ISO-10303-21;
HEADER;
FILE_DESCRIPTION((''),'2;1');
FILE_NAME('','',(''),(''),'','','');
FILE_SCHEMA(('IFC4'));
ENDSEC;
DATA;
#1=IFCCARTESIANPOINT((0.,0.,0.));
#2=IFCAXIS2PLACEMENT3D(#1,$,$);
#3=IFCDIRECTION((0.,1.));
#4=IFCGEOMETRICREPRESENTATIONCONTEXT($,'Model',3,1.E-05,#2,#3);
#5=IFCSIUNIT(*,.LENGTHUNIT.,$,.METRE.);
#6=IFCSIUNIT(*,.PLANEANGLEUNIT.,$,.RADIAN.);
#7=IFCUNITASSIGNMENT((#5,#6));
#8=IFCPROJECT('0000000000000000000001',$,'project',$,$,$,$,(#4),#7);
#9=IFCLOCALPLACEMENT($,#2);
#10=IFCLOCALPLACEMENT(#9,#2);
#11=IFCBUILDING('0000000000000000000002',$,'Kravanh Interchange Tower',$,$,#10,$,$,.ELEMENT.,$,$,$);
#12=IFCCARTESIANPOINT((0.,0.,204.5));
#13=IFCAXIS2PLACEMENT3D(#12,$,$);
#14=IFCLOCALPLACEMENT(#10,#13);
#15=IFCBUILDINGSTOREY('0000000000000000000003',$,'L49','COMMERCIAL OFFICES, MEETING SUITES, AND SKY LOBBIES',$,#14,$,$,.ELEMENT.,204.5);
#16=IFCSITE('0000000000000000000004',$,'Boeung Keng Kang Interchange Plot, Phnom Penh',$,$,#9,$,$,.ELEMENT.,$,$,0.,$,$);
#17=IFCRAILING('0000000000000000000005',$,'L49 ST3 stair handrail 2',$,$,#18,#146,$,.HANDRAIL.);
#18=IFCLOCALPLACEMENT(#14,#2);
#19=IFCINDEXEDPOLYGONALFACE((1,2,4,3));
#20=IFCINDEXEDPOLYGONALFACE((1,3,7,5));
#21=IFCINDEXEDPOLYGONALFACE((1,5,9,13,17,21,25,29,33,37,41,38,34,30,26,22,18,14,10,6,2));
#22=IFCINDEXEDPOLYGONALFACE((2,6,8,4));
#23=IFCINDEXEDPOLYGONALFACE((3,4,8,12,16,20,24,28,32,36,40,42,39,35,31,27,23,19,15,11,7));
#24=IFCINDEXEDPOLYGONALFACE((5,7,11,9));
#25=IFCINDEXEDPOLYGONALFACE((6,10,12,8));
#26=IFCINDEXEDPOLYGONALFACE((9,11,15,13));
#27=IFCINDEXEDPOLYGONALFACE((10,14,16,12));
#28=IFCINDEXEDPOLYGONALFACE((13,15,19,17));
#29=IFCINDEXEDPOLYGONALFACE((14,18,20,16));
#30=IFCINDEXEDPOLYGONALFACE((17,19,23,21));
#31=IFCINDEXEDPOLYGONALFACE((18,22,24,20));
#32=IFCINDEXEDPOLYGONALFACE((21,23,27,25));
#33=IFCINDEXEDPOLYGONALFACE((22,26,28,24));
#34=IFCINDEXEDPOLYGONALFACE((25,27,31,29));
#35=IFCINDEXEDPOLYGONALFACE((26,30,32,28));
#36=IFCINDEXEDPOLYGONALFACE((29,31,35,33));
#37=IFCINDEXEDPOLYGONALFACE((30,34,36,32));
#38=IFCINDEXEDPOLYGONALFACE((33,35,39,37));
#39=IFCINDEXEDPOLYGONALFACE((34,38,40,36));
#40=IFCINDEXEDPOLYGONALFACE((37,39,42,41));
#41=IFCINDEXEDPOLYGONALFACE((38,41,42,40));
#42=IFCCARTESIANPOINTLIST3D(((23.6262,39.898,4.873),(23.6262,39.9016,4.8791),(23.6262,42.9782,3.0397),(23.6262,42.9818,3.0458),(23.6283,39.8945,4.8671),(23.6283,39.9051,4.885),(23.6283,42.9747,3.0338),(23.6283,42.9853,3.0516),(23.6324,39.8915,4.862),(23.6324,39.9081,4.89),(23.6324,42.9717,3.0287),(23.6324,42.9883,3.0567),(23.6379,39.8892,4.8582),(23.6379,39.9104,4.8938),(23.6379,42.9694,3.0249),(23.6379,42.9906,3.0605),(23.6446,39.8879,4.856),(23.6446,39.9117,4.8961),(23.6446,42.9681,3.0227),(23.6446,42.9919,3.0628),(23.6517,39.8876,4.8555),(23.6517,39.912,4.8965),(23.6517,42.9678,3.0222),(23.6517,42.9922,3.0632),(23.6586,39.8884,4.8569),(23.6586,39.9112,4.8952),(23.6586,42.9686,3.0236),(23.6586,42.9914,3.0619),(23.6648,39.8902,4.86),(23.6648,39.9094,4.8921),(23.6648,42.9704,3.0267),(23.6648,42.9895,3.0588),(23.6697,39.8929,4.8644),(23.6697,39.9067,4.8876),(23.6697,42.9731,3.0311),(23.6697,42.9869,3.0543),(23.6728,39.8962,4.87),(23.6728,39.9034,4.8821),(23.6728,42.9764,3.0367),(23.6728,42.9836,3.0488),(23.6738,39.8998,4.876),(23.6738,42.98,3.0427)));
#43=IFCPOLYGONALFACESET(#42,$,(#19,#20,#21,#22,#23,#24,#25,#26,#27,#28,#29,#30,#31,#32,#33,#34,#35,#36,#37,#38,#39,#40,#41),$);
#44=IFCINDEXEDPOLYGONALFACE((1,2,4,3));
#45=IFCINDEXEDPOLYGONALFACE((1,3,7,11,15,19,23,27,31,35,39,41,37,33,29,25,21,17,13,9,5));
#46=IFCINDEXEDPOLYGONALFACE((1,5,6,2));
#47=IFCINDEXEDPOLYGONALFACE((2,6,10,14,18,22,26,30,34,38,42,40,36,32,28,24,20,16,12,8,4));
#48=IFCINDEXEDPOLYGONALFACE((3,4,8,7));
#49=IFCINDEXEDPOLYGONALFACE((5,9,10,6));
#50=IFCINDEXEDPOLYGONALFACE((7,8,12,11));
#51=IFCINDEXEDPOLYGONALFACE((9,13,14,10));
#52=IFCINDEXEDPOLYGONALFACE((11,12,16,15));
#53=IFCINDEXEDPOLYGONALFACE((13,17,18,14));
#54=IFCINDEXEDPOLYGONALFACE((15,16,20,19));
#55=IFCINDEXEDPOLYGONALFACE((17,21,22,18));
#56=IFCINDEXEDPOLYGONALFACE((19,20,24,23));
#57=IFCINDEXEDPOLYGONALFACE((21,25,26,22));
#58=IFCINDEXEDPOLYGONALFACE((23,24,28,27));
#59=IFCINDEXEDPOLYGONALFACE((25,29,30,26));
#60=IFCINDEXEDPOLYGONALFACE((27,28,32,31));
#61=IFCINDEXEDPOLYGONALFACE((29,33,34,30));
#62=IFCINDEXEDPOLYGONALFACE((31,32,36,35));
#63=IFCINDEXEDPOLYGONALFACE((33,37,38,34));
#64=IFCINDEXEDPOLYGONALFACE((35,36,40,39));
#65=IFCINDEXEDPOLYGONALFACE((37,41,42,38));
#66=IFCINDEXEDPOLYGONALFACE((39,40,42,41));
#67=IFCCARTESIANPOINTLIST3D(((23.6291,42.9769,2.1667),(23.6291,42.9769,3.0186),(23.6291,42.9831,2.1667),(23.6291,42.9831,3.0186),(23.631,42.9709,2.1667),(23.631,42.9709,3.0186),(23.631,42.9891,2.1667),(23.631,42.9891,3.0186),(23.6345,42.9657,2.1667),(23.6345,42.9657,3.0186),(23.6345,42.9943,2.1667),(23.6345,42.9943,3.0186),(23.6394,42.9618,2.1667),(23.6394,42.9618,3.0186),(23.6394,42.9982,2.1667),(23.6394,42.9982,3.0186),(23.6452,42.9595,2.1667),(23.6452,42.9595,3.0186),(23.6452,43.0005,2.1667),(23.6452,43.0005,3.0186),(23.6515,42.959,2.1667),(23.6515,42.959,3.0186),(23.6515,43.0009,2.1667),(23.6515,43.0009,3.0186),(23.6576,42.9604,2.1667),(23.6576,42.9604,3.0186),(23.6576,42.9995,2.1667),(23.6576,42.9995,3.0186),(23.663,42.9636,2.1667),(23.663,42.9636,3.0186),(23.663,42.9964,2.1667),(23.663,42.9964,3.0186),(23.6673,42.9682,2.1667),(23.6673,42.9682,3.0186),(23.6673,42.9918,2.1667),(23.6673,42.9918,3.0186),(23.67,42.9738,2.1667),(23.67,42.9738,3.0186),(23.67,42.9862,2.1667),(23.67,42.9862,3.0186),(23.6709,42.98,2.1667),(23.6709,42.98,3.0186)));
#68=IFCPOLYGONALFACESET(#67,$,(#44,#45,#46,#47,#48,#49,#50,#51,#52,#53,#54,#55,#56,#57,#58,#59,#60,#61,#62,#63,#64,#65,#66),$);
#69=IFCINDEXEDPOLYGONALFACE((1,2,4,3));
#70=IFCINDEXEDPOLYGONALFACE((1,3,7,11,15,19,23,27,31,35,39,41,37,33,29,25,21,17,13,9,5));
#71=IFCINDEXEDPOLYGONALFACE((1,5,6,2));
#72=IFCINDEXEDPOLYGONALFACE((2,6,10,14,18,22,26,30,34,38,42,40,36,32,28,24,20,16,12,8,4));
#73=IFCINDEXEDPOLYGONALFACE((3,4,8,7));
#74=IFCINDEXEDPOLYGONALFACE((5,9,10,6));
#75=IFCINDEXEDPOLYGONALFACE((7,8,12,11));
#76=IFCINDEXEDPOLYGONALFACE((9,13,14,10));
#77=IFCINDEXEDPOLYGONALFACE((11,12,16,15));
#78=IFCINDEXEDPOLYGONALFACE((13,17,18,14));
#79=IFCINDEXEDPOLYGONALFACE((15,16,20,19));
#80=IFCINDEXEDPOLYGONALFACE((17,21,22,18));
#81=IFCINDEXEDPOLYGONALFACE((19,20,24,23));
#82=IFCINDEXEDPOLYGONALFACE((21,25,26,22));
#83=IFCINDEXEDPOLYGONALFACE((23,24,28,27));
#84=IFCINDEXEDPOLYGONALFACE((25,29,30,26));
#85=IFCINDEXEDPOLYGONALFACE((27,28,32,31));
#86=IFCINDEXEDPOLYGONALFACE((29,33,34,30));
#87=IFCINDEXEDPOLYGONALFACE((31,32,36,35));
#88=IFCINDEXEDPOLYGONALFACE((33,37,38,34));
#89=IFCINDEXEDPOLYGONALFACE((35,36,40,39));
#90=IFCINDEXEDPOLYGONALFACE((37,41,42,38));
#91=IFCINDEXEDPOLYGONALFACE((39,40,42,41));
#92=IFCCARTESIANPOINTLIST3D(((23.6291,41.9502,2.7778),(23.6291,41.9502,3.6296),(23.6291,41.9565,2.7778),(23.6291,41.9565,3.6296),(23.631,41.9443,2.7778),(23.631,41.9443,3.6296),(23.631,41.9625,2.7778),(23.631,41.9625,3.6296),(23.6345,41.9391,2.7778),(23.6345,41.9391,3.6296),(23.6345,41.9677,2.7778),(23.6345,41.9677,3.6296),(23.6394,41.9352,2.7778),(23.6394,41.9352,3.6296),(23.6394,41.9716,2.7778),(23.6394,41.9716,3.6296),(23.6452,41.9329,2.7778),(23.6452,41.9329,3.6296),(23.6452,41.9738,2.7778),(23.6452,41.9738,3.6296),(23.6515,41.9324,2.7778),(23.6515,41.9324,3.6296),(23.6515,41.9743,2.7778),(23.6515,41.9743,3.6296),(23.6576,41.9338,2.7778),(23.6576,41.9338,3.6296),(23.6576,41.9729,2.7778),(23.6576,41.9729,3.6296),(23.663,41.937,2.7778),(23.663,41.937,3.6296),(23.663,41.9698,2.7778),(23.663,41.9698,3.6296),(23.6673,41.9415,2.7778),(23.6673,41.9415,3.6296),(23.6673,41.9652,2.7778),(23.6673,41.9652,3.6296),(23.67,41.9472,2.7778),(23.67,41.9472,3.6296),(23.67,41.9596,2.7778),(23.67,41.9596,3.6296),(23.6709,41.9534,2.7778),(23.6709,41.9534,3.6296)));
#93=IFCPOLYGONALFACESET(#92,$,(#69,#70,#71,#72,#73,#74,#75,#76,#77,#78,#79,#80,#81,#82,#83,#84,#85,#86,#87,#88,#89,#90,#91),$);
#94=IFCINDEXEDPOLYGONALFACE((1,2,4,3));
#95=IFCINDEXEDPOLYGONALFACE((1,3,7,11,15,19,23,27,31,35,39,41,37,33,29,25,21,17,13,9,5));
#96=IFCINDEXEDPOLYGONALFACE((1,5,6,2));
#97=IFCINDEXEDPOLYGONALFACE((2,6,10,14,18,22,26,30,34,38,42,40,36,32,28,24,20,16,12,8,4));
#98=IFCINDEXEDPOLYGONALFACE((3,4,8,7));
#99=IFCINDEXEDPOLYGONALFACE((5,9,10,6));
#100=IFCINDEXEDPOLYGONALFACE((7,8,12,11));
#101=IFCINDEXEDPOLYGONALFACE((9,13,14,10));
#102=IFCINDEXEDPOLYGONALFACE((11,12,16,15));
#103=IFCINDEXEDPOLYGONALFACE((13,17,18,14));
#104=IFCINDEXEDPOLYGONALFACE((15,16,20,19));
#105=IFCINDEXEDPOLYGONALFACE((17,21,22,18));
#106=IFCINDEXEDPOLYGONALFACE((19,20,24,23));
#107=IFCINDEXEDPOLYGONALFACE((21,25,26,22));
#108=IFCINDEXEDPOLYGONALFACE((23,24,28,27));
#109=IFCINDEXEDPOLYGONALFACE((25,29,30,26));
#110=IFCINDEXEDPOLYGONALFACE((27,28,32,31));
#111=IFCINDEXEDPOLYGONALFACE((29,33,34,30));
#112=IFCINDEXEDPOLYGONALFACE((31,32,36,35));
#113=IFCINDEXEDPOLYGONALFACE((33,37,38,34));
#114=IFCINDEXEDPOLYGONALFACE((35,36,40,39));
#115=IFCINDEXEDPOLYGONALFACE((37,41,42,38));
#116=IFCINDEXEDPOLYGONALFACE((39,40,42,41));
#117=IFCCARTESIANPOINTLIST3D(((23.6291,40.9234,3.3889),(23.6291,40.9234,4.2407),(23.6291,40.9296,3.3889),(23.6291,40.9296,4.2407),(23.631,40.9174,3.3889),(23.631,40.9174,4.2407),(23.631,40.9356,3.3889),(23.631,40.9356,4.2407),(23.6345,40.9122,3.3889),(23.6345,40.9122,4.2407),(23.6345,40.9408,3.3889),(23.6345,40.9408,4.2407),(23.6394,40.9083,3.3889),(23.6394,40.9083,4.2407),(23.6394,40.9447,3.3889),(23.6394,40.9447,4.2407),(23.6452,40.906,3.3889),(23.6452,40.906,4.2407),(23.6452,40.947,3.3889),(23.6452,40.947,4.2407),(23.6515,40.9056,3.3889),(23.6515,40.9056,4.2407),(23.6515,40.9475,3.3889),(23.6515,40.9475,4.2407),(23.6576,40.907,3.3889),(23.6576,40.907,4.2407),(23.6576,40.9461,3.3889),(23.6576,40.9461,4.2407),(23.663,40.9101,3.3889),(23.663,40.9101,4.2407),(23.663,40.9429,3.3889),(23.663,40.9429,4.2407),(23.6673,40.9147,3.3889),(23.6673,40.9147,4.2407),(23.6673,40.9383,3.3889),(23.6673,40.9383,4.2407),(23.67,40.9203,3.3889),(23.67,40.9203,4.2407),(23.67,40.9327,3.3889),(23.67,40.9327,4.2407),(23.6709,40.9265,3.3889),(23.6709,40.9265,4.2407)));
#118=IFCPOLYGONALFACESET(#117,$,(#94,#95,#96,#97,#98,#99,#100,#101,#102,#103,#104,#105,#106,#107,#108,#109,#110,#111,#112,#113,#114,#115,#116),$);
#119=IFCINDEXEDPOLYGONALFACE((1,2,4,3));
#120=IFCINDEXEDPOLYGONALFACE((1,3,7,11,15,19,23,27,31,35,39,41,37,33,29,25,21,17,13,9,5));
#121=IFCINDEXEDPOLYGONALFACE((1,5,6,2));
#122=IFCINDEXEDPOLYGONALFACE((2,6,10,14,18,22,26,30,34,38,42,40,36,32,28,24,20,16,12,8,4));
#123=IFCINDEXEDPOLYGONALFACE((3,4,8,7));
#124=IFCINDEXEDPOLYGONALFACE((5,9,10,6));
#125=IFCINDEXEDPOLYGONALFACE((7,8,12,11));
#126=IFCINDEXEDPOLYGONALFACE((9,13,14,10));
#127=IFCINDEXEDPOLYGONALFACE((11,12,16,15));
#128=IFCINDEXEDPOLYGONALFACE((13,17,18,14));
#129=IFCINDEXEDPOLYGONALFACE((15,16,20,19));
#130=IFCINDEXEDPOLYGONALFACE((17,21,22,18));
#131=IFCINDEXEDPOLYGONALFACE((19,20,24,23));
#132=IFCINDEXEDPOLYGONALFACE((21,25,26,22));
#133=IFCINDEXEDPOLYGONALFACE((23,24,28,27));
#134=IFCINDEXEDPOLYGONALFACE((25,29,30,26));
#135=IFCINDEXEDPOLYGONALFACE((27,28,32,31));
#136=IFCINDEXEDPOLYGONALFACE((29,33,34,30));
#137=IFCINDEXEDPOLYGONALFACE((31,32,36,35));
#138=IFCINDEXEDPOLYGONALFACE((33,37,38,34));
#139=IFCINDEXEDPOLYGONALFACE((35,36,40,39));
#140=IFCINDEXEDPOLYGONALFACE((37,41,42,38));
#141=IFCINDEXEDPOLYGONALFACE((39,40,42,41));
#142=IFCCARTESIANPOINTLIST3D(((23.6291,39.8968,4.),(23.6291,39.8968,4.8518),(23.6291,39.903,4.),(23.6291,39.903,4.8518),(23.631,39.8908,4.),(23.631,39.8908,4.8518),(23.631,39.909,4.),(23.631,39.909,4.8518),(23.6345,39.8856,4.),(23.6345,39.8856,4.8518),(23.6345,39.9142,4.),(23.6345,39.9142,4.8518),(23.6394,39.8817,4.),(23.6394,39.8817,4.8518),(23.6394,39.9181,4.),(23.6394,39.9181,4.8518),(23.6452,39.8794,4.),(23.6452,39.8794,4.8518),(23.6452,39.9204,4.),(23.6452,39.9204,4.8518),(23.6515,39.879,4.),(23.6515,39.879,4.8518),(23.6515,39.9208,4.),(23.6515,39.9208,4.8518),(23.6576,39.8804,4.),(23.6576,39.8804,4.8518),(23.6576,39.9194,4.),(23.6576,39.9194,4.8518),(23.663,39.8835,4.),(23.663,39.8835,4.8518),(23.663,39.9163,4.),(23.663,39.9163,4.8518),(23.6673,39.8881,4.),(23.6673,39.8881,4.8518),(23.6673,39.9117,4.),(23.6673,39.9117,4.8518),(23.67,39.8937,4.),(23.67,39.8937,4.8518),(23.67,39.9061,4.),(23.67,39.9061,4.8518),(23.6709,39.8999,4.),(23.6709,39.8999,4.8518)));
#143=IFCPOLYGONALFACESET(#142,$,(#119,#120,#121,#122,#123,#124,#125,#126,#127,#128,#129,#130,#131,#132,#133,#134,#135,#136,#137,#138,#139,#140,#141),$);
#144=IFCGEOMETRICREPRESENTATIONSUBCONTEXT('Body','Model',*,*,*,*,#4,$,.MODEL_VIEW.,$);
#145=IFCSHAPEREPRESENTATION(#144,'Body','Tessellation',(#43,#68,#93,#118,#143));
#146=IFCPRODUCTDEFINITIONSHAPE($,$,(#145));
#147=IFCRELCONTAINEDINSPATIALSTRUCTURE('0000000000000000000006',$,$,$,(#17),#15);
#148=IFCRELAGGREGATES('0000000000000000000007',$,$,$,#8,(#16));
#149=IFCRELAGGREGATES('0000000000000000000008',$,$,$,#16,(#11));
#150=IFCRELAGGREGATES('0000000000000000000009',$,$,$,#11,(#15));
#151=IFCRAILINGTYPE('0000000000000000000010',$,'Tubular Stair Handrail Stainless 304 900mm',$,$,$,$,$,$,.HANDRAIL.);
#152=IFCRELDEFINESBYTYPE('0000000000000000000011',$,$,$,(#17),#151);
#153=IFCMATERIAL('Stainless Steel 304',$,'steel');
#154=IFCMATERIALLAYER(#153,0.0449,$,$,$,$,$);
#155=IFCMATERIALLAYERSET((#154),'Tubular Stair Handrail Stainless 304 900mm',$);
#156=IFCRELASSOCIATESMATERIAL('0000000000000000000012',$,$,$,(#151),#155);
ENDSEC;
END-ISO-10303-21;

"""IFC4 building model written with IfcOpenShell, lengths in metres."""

from ifc_helpers import new_model, si_unit, direction, frame, origin, origin_2d, place, context, subcontext, project, spatial, circle, extrude, material, layer, layer_set, type_object, element, save


model = new_model("IFC4")

# Units and contexts
model_context = context("Model", 3, precision=1e-05, world=origin(), true_north=direction((0.0, 1.0)))
body_context = subcontext(model_context, "Body", "Model", "MODEL_VIEW")
ifc_project = project(units=[si_unit("LENGTHUNIT", "METRE"), si_unit("PLANEANGLEUNIT", "RADIAN")], contexts=[model_context])

# Site, building, storey
site_placement = place(None, origin())
site = spatial("IfcSite", under=ifc_project, at=site_placement, Name="Boeung Keng Kang Interchange Plot, Phnom Penh", CompositionType="ELEMENT", RefElevation=0.0)
building_placement = place(site_placement, origin())
building = spatial("IfcBuilding", under=site, at=building_placement, Name="Kravanh Interchange Tower", CompositionType="ELEMENT")
storey_placement = place(building_placement, frame((0.0, 0.0, 204.5)))
storey = spatial("IfcBuildingStorey", under=building, at=storey_placement, Name="L49", Description="COMMERCIAL OFFICES, MEETING SUITES, AND SKY LOBBIES", CompositionType="ELEMENT", Elevation=204.5)

# Railing
ifc_material_1 = material(Name="Stainless Steel 304", Category="steel")
ifc_layer_1 = layer(ifc_material_1, 0.0449)
ifc_layer_set_1 = layer_set([ifc_layer_1], Name="Tubular Stair Handrail Stainless 304 900mm")
railing_type_1 = type_object("IfcRailingType", Name="Tubular Stair Handrail Stainless 304 900mm", PredefinedType="HANDRAIL", material=ifc_layer_set_1)
railing_1_placement = place(storey_placement, frame((23.6499, 42.98, 2.1667)))
element("IfcRailing", 1, at=railing_1_placement, inside=storey, type_object=railing_type_1, Name="L49 ST3 stair handrail 2", PredefinedType="HANDRAIL", context=body_context, shape_type="SweptSolid", body=[
    extrude(circle(Radius=0.0239, at=origin_2d()), frame((0.0, 0.0, 0.876), z_axis=(0.0, -0.859309, 0.511458), x_axis=(1.0, 0.0, 0.0)), (0.0, 0.0, 1.0), 3.5845),
    extrude(circle(Radius=0.021, at=origin_2d()), origin(), (0.0, 0.0, 1.0), 0.8518),
    extrude(circle(Radius=0.021, at=origin_2d()), frame((0.0, -1.0266, 0.6111)), (0.0, 0.0, 1.0), 0.8518),
    extrude(circle(Radius=0.021, at=origin_2d()), frame((0.0, -2.0535, 1.2222)), (0.0, 0.0, 1.0), 0.8518),
    extrude(circle(Radius=0.021, at=origin_2d()), frame((0.0, -3.0801, 1.8333)), (0.0, 0.0, 1.0), 0.8518),
])

save(model, "model.ifc")
